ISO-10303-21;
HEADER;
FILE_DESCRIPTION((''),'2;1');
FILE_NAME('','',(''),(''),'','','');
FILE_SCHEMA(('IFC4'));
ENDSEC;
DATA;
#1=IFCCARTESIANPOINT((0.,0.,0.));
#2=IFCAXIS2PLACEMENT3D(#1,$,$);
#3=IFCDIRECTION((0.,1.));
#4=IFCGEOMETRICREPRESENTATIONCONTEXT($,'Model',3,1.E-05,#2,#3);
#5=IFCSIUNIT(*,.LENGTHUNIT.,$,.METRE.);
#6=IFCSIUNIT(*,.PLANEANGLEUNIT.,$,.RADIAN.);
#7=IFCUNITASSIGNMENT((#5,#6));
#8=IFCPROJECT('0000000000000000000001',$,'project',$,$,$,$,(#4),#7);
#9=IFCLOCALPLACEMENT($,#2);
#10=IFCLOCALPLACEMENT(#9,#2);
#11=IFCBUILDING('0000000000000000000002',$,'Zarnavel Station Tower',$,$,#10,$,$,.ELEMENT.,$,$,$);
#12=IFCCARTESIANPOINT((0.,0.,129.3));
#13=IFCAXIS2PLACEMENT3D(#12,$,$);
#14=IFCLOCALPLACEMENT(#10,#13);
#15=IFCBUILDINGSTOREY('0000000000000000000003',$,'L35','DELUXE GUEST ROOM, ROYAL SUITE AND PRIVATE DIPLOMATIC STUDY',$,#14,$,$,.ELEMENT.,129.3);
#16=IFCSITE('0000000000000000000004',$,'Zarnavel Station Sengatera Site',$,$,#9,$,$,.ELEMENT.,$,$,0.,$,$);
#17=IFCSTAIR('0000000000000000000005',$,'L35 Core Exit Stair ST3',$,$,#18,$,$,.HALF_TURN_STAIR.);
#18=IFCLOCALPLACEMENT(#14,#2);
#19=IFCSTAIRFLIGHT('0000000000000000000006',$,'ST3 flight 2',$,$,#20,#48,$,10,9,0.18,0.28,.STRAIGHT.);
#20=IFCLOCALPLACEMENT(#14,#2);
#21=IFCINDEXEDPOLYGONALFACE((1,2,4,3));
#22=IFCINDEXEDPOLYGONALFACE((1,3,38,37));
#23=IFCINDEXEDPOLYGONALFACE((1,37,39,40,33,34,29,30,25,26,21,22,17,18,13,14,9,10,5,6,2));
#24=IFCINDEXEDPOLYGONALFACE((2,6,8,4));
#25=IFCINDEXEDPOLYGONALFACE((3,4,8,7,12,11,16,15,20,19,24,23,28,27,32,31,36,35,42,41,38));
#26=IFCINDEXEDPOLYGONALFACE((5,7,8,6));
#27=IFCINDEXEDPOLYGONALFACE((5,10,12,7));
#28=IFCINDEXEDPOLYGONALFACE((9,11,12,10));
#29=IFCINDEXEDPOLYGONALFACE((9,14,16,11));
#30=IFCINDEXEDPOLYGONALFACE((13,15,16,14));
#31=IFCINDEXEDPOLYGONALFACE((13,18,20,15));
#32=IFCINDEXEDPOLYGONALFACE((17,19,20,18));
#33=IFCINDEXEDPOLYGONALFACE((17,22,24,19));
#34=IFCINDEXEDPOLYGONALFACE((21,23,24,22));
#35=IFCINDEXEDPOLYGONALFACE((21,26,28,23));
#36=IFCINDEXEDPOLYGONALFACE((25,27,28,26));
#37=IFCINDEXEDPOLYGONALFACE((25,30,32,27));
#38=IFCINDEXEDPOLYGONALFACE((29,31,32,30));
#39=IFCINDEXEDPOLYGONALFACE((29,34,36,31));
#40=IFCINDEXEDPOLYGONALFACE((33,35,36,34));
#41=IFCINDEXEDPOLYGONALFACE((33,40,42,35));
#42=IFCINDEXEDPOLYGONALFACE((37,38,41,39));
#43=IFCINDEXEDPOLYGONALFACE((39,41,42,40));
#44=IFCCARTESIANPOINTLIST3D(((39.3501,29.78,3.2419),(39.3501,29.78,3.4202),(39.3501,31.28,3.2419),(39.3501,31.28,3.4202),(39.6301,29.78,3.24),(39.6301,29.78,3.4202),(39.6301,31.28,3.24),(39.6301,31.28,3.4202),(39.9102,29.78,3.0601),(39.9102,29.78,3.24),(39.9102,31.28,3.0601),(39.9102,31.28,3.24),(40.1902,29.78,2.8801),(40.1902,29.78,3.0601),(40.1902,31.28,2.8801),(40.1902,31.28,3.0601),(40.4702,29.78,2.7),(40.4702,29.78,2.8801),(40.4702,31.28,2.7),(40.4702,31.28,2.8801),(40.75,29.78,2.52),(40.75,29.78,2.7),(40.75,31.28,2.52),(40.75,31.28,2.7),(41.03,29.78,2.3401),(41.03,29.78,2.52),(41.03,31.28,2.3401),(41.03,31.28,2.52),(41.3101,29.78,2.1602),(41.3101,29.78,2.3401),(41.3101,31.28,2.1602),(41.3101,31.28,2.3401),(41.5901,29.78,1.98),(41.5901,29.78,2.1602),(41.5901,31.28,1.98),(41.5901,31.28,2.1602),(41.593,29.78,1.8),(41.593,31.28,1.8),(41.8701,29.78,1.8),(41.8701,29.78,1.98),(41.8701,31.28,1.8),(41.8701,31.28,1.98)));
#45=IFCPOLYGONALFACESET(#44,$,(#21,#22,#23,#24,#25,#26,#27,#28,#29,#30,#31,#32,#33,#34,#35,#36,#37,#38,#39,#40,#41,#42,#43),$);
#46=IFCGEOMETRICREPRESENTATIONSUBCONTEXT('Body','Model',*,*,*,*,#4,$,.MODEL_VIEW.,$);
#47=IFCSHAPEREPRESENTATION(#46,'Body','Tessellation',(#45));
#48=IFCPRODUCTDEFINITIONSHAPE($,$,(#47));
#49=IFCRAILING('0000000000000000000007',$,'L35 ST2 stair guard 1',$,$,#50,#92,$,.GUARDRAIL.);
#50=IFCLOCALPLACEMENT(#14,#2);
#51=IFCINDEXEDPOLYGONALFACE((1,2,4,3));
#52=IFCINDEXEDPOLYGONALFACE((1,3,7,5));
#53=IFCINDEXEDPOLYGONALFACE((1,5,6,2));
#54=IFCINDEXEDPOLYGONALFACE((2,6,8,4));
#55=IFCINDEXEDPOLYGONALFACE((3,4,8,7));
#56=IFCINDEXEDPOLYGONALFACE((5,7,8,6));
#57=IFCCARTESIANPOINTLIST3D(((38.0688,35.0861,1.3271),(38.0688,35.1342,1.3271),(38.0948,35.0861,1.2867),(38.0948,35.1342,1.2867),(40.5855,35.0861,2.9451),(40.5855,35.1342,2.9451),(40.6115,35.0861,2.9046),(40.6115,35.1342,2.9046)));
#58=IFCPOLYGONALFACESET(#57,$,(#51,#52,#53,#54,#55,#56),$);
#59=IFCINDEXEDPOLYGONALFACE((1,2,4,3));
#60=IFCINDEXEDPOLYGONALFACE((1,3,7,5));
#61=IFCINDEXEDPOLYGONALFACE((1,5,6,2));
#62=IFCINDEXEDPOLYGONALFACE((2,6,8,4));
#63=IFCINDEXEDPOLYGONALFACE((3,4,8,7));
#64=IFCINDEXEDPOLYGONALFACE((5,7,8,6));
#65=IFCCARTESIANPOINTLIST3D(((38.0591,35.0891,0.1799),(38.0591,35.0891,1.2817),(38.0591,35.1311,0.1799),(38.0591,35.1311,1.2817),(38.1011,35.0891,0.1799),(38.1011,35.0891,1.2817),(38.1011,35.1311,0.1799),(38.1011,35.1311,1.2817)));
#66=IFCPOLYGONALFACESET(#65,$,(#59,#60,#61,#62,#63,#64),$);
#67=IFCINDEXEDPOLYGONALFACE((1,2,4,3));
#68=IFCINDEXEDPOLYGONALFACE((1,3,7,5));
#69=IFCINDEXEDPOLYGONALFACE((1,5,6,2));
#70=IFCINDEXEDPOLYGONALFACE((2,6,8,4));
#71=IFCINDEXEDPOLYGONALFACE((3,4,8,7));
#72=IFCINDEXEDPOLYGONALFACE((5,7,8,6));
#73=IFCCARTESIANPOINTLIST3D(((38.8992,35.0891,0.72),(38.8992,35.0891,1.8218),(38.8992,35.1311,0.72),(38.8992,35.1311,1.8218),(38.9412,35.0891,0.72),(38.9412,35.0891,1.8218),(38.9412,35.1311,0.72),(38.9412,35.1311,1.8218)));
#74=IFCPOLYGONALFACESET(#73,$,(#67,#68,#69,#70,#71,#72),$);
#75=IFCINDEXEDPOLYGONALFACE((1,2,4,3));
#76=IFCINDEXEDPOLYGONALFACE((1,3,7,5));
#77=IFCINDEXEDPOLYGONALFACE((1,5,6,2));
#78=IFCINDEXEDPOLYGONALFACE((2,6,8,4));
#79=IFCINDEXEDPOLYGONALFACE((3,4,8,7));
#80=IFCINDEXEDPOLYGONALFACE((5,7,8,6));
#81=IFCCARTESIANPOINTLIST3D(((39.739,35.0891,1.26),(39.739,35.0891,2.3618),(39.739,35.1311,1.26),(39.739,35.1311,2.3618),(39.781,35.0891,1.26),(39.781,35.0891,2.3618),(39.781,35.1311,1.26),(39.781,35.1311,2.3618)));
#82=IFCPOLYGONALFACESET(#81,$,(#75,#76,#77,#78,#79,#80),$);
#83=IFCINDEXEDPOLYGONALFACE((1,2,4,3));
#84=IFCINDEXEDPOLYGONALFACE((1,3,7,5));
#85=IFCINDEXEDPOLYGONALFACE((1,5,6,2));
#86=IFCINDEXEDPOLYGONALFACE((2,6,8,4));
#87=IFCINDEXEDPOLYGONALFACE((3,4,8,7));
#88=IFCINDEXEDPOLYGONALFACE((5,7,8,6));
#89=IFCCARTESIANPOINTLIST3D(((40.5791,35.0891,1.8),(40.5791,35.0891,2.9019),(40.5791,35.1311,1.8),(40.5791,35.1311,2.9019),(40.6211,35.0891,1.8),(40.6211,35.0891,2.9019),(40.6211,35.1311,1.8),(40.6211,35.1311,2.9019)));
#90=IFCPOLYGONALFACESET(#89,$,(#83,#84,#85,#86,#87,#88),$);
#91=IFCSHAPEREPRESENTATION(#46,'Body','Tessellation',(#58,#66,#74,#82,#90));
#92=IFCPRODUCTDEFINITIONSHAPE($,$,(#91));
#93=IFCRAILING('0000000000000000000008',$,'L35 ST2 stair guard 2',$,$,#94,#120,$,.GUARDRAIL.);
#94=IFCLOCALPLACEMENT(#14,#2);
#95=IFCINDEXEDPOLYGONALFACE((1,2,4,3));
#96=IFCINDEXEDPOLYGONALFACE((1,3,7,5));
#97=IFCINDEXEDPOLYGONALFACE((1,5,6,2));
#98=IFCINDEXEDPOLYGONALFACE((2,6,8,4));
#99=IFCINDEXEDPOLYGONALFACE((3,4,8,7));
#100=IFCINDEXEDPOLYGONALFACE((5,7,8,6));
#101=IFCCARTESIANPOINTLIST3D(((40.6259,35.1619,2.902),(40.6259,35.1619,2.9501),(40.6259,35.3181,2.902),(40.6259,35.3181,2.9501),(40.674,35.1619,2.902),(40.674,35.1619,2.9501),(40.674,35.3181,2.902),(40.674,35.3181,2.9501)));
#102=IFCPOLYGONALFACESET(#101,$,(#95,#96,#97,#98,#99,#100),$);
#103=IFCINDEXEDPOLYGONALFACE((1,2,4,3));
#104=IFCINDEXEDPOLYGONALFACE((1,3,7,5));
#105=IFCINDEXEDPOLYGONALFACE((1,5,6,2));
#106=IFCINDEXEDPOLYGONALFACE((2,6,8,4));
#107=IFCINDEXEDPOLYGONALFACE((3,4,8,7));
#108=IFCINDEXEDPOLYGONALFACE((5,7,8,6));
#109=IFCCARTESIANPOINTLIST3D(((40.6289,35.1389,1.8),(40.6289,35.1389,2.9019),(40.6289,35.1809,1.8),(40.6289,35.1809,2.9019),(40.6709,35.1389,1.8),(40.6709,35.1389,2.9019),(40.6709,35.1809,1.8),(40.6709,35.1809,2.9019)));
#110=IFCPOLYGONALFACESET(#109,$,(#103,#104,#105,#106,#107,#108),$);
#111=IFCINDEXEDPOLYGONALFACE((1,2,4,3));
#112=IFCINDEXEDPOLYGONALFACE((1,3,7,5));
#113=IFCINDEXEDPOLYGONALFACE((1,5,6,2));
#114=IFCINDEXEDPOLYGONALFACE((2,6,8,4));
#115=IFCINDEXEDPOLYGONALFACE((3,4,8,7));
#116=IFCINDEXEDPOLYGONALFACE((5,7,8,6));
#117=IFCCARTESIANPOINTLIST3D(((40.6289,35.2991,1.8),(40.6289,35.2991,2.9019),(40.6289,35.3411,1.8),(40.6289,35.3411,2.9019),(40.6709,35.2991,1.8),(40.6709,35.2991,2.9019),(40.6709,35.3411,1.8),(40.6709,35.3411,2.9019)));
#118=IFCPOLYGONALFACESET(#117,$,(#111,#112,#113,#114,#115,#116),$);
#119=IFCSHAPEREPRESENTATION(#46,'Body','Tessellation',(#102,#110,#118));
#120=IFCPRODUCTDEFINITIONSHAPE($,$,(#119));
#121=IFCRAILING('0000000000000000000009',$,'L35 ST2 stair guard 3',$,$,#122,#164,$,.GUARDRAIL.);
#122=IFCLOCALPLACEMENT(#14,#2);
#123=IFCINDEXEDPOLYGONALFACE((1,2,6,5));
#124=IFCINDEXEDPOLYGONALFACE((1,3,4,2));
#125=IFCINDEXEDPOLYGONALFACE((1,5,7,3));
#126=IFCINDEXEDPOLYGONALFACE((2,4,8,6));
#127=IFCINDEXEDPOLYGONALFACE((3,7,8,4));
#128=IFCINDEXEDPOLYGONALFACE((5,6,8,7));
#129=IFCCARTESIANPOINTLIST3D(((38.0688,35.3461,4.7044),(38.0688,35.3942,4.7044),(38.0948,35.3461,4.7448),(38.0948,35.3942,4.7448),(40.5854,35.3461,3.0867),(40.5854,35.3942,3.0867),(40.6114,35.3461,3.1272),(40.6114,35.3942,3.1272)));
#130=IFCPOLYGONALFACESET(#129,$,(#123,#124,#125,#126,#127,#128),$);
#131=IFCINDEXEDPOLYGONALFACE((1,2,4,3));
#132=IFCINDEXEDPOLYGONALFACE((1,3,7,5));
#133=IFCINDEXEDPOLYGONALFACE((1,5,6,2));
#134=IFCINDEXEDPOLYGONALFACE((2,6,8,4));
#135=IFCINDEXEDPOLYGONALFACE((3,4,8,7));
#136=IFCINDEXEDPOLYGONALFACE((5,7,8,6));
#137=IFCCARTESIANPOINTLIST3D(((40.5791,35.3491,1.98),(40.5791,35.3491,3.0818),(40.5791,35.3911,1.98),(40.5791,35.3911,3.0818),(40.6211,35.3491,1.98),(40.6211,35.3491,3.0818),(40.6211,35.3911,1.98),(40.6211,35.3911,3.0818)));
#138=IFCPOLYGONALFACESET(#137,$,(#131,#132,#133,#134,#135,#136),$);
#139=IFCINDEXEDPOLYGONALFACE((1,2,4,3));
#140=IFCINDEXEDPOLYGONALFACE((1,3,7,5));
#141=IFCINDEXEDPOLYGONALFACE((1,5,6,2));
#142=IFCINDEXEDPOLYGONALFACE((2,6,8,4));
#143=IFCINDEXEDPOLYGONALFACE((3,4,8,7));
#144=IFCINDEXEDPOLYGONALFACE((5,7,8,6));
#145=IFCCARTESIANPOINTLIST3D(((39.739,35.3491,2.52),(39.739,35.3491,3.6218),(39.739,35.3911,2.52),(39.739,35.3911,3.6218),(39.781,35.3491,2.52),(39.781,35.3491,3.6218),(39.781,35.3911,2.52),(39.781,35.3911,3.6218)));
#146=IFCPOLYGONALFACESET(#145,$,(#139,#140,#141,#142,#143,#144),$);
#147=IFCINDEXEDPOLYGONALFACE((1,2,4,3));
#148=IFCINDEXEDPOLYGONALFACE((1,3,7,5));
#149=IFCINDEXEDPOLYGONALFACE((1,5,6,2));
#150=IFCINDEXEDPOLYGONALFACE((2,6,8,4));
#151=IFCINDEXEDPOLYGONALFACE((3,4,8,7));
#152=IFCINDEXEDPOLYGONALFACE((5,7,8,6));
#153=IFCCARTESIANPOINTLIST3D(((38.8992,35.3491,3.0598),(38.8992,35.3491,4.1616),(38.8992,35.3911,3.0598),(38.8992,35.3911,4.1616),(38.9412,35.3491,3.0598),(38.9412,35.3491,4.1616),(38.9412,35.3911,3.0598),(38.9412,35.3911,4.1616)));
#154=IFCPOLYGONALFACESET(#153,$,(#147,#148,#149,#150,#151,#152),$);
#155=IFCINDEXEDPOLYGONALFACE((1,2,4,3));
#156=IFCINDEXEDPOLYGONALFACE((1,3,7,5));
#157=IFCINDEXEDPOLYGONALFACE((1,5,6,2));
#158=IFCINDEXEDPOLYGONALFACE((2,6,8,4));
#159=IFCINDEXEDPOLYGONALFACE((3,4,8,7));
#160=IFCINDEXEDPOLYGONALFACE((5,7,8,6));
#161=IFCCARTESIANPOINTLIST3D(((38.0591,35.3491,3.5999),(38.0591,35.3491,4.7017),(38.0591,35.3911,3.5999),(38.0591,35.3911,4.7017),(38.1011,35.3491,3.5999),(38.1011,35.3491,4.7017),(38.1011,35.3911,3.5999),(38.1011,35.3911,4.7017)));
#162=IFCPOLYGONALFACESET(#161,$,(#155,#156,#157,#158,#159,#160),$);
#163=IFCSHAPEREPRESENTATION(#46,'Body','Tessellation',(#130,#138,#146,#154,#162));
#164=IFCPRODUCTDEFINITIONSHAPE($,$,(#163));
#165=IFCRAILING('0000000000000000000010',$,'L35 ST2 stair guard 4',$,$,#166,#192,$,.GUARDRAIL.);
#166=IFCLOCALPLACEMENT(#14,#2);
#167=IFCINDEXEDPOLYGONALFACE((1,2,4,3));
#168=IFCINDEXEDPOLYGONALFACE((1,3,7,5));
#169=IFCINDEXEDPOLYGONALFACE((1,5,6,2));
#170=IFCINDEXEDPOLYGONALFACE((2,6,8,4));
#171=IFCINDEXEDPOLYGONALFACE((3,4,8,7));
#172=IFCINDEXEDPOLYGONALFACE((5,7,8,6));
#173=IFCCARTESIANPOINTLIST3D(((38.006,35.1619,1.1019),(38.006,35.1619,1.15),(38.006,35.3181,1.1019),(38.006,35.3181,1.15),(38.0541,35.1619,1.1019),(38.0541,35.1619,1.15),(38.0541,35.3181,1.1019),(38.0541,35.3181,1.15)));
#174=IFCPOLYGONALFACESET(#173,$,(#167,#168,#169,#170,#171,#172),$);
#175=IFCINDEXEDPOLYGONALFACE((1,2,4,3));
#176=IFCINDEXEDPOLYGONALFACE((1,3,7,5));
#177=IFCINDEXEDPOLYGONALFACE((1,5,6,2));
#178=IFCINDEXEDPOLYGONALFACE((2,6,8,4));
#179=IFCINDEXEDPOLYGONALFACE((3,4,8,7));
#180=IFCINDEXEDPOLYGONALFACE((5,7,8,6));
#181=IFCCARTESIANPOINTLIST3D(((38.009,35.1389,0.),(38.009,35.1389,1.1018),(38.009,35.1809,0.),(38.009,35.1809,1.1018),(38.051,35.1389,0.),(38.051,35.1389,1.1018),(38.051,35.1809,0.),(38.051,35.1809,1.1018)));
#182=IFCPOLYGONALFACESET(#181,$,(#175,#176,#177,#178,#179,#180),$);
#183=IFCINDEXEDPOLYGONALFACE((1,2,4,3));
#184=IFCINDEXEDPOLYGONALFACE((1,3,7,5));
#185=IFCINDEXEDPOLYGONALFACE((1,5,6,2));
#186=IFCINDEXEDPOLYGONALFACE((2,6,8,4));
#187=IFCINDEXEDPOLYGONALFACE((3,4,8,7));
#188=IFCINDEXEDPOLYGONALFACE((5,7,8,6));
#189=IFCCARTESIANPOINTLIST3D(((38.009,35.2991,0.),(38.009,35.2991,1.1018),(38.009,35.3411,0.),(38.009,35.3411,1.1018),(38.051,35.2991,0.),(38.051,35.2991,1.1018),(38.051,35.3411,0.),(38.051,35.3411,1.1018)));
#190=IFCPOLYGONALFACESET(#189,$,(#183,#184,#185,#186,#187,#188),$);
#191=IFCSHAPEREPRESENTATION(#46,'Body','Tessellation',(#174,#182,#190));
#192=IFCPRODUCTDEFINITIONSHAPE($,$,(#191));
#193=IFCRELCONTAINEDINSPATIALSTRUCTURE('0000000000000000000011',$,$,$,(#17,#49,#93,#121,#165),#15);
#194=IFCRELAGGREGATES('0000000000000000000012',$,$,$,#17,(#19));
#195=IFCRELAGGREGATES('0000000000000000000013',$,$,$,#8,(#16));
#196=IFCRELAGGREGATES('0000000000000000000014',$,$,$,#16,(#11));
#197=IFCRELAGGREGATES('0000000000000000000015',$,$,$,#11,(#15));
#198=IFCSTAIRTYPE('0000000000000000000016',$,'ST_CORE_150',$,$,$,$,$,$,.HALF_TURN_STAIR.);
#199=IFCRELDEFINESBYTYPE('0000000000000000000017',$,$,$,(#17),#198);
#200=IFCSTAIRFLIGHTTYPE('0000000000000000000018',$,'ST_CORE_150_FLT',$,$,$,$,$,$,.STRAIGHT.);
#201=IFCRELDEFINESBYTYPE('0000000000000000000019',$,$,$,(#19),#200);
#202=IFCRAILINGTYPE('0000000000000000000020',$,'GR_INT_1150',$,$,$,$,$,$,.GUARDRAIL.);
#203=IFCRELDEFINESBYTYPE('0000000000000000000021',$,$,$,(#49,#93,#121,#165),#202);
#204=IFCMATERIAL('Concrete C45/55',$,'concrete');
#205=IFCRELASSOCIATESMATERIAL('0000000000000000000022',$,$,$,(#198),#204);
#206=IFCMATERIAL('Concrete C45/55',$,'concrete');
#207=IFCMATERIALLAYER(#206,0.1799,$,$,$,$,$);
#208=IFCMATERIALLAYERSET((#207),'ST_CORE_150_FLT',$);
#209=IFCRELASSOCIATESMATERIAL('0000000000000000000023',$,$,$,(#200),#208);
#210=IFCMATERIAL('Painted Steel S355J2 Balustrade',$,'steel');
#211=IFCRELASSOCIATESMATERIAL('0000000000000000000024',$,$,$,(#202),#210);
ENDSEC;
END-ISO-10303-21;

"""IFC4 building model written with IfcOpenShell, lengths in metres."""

from ifc_helpers import new_model, si_unit, direction, frame, origin, origin_2d, place, context, subcontext, project, spatial, polyline, rectangle, outline, extrude, material, layer, layer_set, type_object, element, aggregate, save


model = new_model("IFC4")

# Units and contexts
model_context = context("Model", 3, precision=1e-05, world=origin(), true_north=direction((0.0, 1.0)))
body_context = subcontext(model_context, "Body", "Model", "MODEL_VIEW")
ifc_project = project(units=[si_unit("LENGTHUNIT", "METRE"), si_unit("PLANEANGLEUNIT", "RADIAN")], contexts=[model_context])

# Site, building, storey
site_placement = place(None, origin())
site = spatial("IfcSite", under=ifc_project, at=site_placement, Name="Zarnavel Station Sengatera Site", CompositionType="ELEMENT", RefElevation=0.0)
building_placement = place(site_placement, origin())
building = spatial("IfcBuilding", under=site, at=building_placement, Name="Zarnavel Station Tower", CompositionType="ELEMENT")
storey_placement = place(building_placement, frame((0.0, 0.0, 129.3)))
storey = spatial("IfcBuildingStorey", under=building, at=storey_placement, Name="L35", Description="DELUXE GUEST ROOM, ROYAL SUITE AND PRIVATE DIPLOMATIC STUDY", CompositionType="ELEMENT", Elevation=129.3)

# Stair, stair flight
ifc_material_1 = material(Name="Concrete C45/55", Category="concrete")
stair_type = type_object("IfcStairType", Name="ST_CORE_150", PredefinedType="HALF_TURN_STAIR", material=ifc_material_1)
ifc_material_2 = material(Name="Concrete C45/55", Category="concrete")
ifc_layer_1 = layer(ifc_material_2, 0.1799)
ifc_layer_set_1 = layer_set([ifc_layer_1], Name="ST_CORE_150_FLT")
stair_flight_type = type_object("IfcStairFlightType", Name="ST_CORE_150_FLT", PredefinedType="STRAIGHT", material=ifc_layer_set_1)
stair_1_placement = place(storey_placement, origin())
stair_1 = element("IfcStair", 1, at=stair_1_placement, inside=storey, type_object=stair_type, Name="L35 Core Exit Stair ST3", PredefinedType="HALF_TURN_STAIR")
stair_flight_1_placement = place(storey_placement, frame((41.8701, 30.53, 1.8), z_axis=(0.0, 0.0, 1.0), x_axis=(-1.0, 0.0, 0.0)))
stair_flight_1 = element("IfcStairFlight", 2, at=stair_flight_1_placement, type_object=stair_flight_type, Name="ST3 flight 2", NumberOfRisers=10, NumberOfTreads=9, PredefinedType="STRAIGHT", RiserHeight=0.18, TreadLength=0.28, context=body_context, shape_type="SweptSolid", body=[
    extrude(outline(polyline([(0.0, 0.0), (0.0, 0.1799), (0.28, 0.1799), (0.28, 0.3601), (0.5601, 0.3601), (0.5601, 0.54), (0.8401, 0.54), (0.8401, 0.72), (1.1201, 0.72), (1.1201, 0.8999), (1.3999, 0.8999), (1.3999, 1.0801), (1.6799, 1.0801), (1.6799, 1.26), (1.96, 1.26), (1.96, 1.4399), (2.24, 1.4399), (2.24, 1.6201), (2.52, 1.6201), (2.52, 1.8), (2.52, 1.4419), (0.2771, 0.0), (0.0, 0.0)])), frame((0.0, 0.75, 0.0), z_axis=(0.0, -1.0, 0.0), x_axis=(1.0, 0.0, 0.0)), (0.0, 0.0, 1.0), 1.5),
])
aggregate(stair_1, [stair_flight_1])

# Railings
ifc_material_3 = material(Name="Painted Steel S355J2 Balustrade", Category="steel")
railing_type_1 = type_object("IfcRailingType", Name="GR_INT_1150", PredefinedType="GUARDRAIL", material=ifc_material_3)
railing_1_placement = place(storey_placement, frame((38.0801, 35.1101, 0.1799)))
element("IfcRailing", 3, at=railing_1_placement, inside=storey, type_object=railing_type_1, Name="L35 ST2 stair guard 1", PredefinedType="GUARDRAIL", context=body_context, shape_type="SweptSolid", body=[
    extrude(rectangle(XDim=0.0481, YDim=0.0481, at=origin_2d()), frame((0.0017, 0.0, 1.127), z_axis=(0.841163, 0.0, 0.540782), x_axis=(0.0, 1.0, 0.0)), (0.0, 0.0, 1.0), 2.9919),
    extrude(rectangle(XDim=0.042, YDim=0.042, at=origin_2d()), origin(), (0.0, 0.0, 1.0), 1.1018),
    extrude(rectangle(XDim=0.042, YDim=0.042, at=origin_2d()), frame((0.8401, 0.0, 0.54)), (0.0, 0.0, 1.0), 1.1018),
    extrude(rectangle(XDim=0.042, YDim=0.042, at=origin_2d()), frame((1.6799, 0.0, 1.0801)), (0.0, 0.0, 1.0), 1.1018),
    extrude(rectangle(XDim=0.042, YDim=0.042, at=origin_2d()), frame((2.52, 0.0, 1.6201)), (0.0, 0.0, 1.0), 1.1018),
])
railing_2_placement = place(storey_placement, frame((40.6499, 35.1599, 1.8)))
element("IfcRailing", 4, at=railing_2_placement, inside=storey, type_object=railing_type_1, Name="L35 ST2 stair guard 2", PredefinedType="GUARDRAIL", context=body_context, shape_type="SweptSolid", body=[
    extrude(rectangle(XDim=0.0481, YDim=0.0481, at=origin_2d()), frame((0.0, 0.002, 1.126), z_axis=(0.0, 1.0, 0.0), x_axis=(-1.0, 0.0, 0.0)), (0.0, 0.0, 1.0), 0.1562),
    extrude(rectangle(XDim=0.042, YDim=0.042, at=origin_2d()), origin(), (0.0, 0.0, 1.0), 1.1018),
    extrude(rectangle(XDim=0.042, YDim=0.042, at=origin_2d()), frame((0.0, 0.1602, 0.0)), (0.0, 0.0, 1.0), 1.1018),
])
railing_3_placement = place(storey_placement, frame((40.6001, 35.3701, 1.98)))
element("IfcRailing", 5, at=railing_3_placement, inside=storey, type_object=railing_type_1, Name="L35 ST2 stair guard 3", PredefinedType="GUARDRAIL", context=body_context, shape_type="SweptSolid", body=[
    extrude(rectangle(XDim=0.0481, YDim=0.0481, at=origin_2d()), frame((-0.0017, 0.0, 1.127), z_axis=(-0.8412, 0.0, 0.540725), x_axis=(0.0, -1.0, 0.0)), (0.0, 0.0, 1.0), 2.9917),
    extrude(rectangle(XDim=0.042, YDim=0.042, at=origin_2d()), origin(), (0.0, 0.0, 1.0), 1.1018),
    extrude(rectangle(XDim=0.042, YDim=0.042, at=origin_2d()), frame((-0.8401, 0.0, 0.54)), (0.0, 0.0, 1.0), 1.1018),
    extrude(rectangle(XDim=0.042, YDim=0.042, at=origin_2d()), frame((-1.6799, 0.0, 1.0798)), (0.0, 0.0, 1.0), 1.1018),
    extrude(rectangle(XDim=0.042, YDim=0.042, at=origin_2d()), frame((-2.52, 0.0, 1.6199)), (0.0, 0.0, 1.0), 1.1018),
])
railing_4_placement = place(storey_placement, frame((38.03, 35.1599, 0.0)))
element("IfcRailing", 6, at=railing_4_placement, inside=storey, type_object=railing_type_1, Name="L35 ST2 stair guard 4", PredefinedType="GUARDRAIL", context=body_context, shape_type="SweptSolid", body=[
    extrude(rectangle(XDim=0.0481, YDim=0.0481, at=origin_2d()), frame((0.0, 0.002, 1.126), z_axis=(0.0, 1.0, 0.0), x_axis=(-1.0, 0.0, 0.0)), (0.0, 0.0, 1.0), 0.1562),
    extrude(rectangle(XDim=0.042, YDim=0.042, at=origin_2d()), origin(), (0.0, 0.0, 1.0), 1.1018),
    extrude(rectangle(XDim=0.042, YDim=0.042, at=origin_2d()), frame((0.0, 0.1602, 0.0)), (0.0, 0.0, 1.0), 1.1018),
])

save(model, "model.ifc")
